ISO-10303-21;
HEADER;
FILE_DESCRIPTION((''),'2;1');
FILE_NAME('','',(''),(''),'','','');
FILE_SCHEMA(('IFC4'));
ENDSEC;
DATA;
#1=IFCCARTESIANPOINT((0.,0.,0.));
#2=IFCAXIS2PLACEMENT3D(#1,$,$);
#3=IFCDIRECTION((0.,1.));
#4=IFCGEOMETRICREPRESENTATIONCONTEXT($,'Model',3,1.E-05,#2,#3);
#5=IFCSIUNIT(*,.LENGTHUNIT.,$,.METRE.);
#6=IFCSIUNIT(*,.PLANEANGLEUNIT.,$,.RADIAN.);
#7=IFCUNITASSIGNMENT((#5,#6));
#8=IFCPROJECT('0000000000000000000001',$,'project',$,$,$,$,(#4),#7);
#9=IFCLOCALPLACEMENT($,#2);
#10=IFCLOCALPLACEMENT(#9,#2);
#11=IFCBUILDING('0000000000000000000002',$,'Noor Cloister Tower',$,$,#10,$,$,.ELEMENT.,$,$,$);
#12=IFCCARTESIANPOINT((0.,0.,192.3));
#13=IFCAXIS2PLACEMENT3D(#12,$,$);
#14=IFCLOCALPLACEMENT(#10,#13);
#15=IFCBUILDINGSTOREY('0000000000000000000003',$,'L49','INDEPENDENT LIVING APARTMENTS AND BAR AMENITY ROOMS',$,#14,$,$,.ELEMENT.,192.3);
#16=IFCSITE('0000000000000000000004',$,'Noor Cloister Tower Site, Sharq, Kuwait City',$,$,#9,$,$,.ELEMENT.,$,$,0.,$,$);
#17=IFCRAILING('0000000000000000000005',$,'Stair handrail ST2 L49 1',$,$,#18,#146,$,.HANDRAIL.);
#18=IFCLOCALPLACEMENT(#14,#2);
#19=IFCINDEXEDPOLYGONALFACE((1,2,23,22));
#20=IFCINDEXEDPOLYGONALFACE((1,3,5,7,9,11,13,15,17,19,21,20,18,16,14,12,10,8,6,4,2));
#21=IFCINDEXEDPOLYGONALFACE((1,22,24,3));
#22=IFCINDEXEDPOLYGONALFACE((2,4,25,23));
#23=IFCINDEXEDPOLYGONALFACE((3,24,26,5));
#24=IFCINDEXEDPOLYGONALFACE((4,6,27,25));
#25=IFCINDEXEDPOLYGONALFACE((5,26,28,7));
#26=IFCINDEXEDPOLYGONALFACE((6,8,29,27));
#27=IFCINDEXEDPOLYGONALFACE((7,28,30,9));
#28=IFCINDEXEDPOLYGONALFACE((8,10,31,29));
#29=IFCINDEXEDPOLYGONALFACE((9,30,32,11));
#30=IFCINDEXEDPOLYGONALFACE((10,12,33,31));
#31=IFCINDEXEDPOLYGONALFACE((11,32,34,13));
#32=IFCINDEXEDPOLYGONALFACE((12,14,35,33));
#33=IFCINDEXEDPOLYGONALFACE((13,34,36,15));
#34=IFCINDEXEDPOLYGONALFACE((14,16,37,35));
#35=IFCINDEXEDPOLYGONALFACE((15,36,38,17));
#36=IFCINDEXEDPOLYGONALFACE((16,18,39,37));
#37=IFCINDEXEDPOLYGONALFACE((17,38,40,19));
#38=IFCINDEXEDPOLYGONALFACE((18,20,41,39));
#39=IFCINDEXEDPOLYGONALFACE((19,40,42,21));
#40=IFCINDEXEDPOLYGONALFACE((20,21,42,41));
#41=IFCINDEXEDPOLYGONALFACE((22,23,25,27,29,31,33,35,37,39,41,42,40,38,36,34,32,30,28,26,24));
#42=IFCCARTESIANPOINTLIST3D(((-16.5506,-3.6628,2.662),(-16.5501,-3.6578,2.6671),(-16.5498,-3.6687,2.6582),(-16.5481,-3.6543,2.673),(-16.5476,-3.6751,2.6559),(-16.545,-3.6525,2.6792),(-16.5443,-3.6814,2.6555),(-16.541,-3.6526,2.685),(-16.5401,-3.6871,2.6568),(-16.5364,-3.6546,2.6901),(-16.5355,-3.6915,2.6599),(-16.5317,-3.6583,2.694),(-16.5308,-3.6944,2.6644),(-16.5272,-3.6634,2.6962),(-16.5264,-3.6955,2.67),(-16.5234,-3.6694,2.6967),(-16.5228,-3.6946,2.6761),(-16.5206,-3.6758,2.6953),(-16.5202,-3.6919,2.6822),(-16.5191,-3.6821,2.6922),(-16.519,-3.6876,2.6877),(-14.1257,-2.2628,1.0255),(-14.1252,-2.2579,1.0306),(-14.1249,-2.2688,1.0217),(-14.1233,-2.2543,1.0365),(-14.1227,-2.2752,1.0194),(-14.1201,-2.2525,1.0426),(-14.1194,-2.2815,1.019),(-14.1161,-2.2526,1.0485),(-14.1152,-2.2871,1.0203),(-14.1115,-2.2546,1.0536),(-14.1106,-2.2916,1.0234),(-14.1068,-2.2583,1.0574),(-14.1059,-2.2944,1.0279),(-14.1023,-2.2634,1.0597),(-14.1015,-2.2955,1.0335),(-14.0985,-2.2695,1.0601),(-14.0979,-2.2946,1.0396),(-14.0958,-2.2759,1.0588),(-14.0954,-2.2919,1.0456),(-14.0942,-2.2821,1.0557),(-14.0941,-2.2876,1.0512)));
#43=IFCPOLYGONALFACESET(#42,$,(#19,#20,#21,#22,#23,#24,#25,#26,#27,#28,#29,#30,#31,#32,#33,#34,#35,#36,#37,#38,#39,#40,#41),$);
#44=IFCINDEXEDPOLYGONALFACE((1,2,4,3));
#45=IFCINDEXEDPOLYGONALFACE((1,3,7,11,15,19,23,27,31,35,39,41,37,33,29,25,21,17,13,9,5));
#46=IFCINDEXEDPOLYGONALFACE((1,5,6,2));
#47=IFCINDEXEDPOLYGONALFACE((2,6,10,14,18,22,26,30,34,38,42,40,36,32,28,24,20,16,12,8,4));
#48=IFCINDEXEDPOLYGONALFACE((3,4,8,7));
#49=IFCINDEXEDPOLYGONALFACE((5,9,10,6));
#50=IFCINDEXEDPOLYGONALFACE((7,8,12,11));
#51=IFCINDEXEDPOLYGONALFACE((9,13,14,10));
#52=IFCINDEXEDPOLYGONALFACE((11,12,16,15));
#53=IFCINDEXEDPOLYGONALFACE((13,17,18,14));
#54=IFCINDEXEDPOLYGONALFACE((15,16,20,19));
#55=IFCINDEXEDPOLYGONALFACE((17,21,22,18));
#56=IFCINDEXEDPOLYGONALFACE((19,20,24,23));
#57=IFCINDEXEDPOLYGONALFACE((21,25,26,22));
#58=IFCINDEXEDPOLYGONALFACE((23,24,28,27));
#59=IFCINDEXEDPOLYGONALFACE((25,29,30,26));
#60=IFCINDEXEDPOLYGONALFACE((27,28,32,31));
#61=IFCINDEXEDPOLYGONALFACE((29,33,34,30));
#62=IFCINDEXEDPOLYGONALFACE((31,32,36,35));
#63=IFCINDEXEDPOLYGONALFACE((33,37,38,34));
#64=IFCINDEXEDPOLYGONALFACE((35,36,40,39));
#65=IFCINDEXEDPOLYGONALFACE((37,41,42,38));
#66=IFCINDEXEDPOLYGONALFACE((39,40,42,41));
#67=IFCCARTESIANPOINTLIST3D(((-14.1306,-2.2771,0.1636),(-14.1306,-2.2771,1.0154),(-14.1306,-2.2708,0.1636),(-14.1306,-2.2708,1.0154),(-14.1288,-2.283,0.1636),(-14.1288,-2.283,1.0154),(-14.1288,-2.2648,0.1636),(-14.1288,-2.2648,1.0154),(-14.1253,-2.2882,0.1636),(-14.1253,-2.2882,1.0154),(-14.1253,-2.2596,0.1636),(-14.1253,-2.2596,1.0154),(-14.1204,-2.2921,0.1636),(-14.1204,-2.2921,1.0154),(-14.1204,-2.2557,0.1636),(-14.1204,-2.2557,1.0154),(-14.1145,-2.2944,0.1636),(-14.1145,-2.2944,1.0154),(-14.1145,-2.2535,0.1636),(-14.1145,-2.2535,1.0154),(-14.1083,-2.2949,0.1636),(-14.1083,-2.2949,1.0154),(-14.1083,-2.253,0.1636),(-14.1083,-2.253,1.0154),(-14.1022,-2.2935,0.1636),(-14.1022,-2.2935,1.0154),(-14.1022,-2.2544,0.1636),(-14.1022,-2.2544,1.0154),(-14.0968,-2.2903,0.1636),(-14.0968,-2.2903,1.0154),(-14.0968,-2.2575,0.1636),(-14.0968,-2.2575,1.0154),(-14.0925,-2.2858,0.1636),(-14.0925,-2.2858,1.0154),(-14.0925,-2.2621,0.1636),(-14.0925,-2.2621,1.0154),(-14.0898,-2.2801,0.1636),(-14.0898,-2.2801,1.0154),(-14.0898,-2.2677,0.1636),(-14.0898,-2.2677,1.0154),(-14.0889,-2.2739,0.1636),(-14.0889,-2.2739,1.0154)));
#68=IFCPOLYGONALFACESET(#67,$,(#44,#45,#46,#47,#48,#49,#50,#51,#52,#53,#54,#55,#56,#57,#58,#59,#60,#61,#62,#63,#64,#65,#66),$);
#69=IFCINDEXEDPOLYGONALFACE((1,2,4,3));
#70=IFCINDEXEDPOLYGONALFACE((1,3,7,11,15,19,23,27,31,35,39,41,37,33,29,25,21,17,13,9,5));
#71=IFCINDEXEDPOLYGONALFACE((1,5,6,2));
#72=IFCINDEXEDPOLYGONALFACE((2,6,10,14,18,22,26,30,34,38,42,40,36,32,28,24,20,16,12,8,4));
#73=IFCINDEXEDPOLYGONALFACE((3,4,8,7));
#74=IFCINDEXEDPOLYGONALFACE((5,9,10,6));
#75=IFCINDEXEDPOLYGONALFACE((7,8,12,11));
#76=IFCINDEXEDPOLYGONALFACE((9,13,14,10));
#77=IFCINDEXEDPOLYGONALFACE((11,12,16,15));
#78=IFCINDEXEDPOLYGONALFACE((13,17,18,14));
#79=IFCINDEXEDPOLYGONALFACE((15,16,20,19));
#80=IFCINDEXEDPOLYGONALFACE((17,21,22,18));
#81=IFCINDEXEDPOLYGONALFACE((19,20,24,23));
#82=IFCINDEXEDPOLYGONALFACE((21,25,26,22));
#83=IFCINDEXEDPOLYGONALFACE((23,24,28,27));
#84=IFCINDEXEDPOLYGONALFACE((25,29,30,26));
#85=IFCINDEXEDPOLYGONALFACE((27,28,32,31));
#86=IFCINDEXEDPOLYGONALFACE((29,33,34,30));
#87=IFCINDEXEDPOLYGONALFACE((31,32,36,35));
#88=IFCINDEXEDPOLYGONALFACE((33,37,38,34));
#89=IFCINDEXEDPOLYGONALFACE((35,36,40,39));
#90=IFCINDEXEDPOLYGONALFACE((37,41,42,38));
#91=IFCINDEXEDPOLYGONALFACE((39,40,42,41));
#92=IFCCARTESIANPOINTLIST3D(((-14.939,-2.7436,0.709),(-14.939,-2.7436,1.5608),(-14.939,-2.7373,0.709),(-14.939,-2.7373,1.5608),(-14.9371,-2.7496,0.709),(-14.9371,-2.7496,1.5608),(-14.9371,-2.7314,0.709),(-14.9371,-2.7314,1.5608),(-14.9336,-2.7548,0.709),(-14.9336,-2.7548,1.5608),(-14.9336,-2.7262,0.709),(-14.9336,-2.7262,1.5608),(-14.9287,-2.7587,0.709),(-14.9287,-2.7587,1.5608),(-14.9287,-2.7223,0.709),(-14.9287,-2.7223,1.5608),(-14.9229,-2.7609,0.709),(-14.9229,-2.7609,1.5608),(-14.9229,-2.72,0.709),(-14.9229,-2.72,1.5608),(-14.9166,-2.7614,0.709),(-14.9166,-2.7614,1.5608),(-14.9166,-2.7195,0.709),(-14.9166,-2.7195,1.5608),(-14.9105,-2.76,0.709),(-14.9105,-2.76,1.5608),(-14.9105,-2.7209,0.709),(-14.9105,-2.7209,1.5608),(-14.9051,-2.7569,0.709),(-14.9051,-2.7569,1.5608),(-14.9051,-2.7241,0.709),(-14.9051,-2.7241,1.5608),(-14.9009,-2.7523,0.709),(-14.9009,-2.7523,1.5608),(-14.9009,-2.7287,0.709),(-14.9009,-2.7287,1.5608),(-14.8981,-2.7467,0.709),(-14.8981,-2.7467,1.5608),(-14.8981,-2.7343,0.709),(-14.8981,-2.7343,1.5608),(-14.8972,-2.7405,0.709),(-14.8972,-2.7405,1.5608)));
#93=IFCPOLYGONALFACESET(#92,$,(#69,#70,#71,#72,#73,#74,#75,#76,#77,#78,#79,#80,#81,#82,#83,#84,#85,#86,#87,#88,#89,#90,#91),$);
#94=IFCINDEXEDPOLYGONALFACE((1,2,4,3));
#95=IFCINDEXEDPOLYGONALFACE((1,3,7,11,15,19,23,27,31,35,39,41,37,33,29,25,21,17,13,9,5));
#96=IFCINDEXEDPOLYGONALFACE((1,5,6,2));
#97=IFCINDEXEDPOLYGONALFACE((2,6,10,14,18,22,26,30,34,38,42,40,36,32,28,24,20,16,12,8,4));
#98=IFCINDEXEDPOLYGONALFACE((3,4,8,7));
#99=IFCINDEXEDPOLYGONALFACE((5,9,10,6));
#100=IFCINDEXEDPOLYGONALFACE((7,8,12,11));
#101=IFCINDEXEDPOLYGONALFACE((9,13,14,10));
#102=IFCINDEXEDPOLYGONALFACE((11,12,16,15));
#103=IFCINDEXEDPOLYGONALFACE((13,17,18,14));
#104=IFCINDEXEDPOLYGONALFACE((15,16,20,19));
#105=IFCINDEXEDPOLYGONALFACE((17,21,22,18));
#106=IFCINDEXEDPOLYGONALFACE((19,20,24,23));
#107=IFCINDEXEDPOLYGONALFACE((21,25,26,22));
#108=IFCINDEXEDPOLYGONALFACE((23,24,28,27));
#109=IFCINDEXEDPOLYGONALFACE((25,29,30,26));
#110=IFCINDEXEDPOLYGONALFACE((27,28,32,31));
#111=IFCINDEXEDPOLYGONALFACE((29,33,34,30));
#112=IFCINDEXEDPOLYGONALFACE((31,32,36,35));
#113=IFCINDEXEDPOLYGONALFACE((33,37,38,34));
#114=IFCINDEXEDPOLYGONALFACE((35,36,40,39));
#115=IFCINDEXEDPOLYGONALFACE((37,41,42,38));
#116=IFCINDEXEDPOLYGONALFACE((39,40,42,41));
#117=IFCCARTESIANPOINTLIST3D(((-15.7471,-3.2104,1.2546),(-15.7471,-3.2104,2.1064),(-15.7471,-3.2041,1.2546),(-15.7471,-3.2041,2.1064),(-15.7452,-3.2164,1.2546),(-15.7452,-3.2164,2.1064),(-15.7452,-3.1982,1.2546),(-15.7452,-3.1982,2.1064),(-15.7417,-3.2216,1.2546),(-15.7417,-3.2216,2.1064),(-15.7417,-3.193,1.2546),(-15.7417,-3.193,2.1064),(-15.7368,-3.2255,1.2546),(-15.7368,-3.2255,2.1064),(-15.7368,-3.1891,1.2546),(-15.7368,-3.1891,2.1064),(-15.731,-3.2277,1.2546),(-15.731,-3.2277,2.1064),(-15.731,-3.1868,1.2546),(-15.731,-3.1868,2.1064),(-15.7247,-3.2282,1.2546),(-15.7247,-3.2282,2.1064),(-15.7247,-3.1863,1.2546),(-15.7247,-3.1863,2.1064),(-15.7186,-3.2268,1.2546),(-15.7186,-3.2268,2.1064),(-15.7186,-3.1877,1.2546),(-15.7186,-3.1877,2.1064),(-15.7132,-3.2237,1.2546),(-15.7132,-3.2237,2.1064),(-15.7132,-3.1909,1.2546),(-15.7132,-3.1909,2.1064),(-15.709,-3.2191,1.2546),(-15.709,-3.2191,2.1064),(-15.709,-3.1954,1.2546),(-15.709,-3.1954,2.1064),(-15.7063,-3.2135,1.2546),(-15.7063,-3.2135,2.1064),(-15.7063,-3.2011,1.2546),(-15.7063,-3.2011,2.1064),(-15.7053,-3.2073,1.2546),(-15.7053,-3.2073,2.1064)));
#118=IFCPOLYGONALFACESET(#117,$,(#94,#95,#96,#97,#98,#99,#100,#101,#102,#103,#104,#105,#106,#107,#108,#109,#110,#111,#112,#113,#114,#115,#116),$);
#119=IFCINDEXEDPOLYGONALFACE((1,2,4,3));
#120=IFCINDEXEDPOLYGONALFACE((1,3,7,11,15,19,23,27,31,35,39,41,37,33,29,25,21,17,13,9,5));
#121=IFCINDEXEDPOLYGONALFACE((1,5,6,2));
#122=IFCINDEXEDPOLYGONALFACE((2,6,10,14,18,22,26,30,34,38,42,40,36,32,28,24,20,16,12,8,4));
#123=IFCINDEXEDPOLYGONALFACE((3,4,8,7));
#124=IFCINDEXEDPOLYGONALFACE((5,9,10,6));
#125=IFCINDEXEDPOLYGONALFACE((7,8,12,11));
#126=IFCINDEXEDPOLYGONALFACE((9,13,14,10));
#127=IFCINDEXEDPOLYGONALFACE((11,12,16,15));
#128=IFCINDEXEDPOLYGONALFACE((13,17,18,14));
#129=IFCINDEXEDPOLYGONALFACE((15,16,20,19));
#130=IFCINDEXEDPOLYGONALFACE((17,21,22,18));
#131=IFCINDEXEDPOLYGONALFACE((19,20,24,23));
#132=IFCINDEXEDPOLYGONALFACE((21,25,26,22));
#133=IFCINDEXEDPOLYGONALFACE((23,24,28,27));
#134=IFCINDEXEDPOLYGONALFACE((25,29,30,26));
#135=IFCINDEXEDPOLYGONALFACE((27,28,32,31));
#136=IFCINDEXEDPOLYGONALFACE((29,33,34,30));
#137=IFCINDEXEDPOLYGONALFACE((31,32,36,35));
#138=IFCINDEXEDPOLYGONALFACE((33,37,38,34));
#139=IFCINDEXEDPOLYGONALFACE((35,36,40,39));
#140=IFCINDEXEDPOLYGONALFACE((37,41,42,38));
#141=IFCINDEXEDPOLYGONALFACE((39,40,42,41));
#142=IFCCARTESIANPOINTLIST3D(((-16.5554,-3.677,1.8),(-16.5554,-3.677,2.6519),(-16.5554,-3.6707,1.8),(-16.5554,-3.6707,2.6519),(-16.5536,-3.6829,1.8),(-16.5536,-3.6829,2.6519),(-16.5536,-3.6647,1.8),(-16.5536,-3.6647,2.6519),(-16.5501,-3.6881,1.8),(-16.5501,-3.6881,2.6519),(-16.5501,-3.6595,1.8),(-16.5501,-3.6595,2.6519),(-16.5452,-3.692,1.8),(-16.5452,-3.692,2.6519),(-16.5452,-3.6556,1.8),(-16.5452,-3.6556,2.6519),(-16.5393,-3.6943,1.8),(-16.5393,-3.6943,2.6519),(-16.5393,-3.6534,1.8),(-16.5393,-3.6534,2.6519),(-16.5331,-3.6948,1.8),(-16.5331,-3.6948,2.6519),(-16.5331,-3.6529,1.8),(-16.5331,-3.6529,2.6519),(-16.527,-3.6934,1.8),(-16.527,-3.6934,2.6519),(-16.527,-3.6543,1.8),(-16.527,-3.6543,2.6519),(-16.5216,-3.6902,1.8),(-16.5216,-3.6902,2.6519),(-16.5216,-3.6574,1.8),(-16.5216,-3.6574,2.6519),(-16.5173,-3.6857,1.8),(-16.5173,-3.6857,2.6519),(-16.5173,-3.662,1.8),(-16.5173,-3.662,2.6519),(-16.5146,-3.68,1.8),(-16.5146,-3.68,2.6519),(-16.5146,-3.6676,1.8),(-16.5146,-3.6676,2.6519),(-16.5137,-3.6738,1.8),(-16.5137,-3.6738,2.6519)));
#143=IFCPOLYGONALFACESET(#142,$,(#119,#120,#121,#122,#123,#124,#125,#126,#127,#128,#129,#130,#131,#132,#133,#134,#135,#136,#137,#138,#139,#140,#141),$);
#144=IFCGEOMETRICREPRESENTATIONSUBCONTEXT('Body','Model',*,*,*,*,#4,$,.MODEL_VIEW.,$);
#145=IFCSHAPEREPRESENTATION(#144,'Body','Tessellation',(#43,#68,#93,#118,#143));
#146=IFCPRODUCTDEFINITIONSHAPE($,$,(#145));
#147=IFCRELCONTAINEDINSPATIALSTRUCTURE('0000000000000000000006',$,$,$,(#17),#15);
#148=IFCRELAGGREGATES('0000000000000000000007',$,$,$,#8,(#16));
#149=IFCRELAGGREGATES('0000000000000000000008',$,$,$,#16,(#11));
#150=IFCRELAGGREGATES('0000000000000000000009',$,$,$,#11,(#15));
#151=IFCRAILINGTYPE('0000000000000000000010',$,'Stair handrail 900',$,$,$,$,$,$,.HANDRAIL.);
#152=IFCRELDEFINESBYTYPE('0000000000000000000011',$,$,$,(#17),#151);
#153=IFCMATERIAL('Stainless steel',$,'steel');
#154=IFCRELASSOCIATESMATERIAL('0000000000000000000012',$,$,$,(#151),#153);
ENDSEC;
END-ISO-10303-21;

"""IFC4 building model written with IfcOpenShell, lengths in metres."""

from ifc_helpers import new_model, si_unit, direction, frame, origin, origin_2d, place, context, subcontext, project, spatial, circle, extrude, material, type_object, element, save


model = new_model("IFC4")

# Units and contexts
model_context = context("Model", 3, precision=1e-05, world=origin(), true_north=direction((0.0, 1.0)))
body_context = subcontext(model_context, "Body", "Model", "MODEL_VIEW")
ifc_project = project(units=[si_unit("LENGTHUNIT", "METRE"), si_unit("PLANEANGLEUNIT", "RADIAN")], contexts=[model_context])

# Site, building, storey
site_placement = place(None, origin())
site = spatial("IfcSite", under=ifc_project, at=site_placement, Name="Noor Cloister Tower Site, Sharq, Kuwait City", CompositionType="ELEMENT", RefElevation=0.0)
building_placement = place(site_placement, origin())
building = spatial("IfcBuilding", under=site, at=building_placement, Name="Noor Cloister Tower", CompositionType="ELEMENT")
storey_placement = place(building_placement, frame((0.0, 0.0, 192.3)))
storey = spatial("IfcBuildingStorey", under=building, at=storey_placement, Name="L49", Description="INDEPENDENT LIVING APARTMENTS AND BAR AMENITY ROOMS", CompositionType="ELEMENT", Elevation=192.3)

# Railing
ifc_material_1 = material(Name="Stainless steel", Category="steel")
railing_type_1 = type_object("IfcRailingType", Name="Stair handrail 900", PredefinedType="HANDRAIL", material=ifc_material_1)
railing_1_placement = place(storey_placement, frame((-14.1099, -2.2739, 0.1636)))
element("IfcRailing", 1, at=railing_1_placement, inside=storey, type_object=railing_type_1, Name="Stair handrail ST2 L49 1", PredefinedType="HANDRAIL", context=body_context, shape_type="SweptSolid", body=[
    extrude(circle(Radius=0.0239, at=origin_2d()), frame((0.0, 0.0, 0.876), z_axis=(-0.74769, -0.431661, 0.504608), x_axis=(0.499984, -0.866035, 0.0)), (0.0, 0.0, 1.0), 3.2432),
    extrude(circle(Radius=0.021, at=origin_2d()), origin(), (0.0, 0.0, 1.0), 0.8518),
    extrude(circle(Radius=0.021, at=origin_2d()), frame((-0.8083, -0.4666, 0.5454)), (0.0, 0.0, 1.0), 0.8518),
    extrude(circle(Radius=0.021, at=origin_2d()), frame((-1.6165, -0.9333, 1.0911)), (0.0, 0.0, 1.0), 0.8518),
    extrude(circle(Radius=0.021, at=origin_2d()), frame((-2.4248, -1.3999, 1.6365)), (0.0, 0.0, 1.0), 0.8518),
])

save(model, "model.ifc")
